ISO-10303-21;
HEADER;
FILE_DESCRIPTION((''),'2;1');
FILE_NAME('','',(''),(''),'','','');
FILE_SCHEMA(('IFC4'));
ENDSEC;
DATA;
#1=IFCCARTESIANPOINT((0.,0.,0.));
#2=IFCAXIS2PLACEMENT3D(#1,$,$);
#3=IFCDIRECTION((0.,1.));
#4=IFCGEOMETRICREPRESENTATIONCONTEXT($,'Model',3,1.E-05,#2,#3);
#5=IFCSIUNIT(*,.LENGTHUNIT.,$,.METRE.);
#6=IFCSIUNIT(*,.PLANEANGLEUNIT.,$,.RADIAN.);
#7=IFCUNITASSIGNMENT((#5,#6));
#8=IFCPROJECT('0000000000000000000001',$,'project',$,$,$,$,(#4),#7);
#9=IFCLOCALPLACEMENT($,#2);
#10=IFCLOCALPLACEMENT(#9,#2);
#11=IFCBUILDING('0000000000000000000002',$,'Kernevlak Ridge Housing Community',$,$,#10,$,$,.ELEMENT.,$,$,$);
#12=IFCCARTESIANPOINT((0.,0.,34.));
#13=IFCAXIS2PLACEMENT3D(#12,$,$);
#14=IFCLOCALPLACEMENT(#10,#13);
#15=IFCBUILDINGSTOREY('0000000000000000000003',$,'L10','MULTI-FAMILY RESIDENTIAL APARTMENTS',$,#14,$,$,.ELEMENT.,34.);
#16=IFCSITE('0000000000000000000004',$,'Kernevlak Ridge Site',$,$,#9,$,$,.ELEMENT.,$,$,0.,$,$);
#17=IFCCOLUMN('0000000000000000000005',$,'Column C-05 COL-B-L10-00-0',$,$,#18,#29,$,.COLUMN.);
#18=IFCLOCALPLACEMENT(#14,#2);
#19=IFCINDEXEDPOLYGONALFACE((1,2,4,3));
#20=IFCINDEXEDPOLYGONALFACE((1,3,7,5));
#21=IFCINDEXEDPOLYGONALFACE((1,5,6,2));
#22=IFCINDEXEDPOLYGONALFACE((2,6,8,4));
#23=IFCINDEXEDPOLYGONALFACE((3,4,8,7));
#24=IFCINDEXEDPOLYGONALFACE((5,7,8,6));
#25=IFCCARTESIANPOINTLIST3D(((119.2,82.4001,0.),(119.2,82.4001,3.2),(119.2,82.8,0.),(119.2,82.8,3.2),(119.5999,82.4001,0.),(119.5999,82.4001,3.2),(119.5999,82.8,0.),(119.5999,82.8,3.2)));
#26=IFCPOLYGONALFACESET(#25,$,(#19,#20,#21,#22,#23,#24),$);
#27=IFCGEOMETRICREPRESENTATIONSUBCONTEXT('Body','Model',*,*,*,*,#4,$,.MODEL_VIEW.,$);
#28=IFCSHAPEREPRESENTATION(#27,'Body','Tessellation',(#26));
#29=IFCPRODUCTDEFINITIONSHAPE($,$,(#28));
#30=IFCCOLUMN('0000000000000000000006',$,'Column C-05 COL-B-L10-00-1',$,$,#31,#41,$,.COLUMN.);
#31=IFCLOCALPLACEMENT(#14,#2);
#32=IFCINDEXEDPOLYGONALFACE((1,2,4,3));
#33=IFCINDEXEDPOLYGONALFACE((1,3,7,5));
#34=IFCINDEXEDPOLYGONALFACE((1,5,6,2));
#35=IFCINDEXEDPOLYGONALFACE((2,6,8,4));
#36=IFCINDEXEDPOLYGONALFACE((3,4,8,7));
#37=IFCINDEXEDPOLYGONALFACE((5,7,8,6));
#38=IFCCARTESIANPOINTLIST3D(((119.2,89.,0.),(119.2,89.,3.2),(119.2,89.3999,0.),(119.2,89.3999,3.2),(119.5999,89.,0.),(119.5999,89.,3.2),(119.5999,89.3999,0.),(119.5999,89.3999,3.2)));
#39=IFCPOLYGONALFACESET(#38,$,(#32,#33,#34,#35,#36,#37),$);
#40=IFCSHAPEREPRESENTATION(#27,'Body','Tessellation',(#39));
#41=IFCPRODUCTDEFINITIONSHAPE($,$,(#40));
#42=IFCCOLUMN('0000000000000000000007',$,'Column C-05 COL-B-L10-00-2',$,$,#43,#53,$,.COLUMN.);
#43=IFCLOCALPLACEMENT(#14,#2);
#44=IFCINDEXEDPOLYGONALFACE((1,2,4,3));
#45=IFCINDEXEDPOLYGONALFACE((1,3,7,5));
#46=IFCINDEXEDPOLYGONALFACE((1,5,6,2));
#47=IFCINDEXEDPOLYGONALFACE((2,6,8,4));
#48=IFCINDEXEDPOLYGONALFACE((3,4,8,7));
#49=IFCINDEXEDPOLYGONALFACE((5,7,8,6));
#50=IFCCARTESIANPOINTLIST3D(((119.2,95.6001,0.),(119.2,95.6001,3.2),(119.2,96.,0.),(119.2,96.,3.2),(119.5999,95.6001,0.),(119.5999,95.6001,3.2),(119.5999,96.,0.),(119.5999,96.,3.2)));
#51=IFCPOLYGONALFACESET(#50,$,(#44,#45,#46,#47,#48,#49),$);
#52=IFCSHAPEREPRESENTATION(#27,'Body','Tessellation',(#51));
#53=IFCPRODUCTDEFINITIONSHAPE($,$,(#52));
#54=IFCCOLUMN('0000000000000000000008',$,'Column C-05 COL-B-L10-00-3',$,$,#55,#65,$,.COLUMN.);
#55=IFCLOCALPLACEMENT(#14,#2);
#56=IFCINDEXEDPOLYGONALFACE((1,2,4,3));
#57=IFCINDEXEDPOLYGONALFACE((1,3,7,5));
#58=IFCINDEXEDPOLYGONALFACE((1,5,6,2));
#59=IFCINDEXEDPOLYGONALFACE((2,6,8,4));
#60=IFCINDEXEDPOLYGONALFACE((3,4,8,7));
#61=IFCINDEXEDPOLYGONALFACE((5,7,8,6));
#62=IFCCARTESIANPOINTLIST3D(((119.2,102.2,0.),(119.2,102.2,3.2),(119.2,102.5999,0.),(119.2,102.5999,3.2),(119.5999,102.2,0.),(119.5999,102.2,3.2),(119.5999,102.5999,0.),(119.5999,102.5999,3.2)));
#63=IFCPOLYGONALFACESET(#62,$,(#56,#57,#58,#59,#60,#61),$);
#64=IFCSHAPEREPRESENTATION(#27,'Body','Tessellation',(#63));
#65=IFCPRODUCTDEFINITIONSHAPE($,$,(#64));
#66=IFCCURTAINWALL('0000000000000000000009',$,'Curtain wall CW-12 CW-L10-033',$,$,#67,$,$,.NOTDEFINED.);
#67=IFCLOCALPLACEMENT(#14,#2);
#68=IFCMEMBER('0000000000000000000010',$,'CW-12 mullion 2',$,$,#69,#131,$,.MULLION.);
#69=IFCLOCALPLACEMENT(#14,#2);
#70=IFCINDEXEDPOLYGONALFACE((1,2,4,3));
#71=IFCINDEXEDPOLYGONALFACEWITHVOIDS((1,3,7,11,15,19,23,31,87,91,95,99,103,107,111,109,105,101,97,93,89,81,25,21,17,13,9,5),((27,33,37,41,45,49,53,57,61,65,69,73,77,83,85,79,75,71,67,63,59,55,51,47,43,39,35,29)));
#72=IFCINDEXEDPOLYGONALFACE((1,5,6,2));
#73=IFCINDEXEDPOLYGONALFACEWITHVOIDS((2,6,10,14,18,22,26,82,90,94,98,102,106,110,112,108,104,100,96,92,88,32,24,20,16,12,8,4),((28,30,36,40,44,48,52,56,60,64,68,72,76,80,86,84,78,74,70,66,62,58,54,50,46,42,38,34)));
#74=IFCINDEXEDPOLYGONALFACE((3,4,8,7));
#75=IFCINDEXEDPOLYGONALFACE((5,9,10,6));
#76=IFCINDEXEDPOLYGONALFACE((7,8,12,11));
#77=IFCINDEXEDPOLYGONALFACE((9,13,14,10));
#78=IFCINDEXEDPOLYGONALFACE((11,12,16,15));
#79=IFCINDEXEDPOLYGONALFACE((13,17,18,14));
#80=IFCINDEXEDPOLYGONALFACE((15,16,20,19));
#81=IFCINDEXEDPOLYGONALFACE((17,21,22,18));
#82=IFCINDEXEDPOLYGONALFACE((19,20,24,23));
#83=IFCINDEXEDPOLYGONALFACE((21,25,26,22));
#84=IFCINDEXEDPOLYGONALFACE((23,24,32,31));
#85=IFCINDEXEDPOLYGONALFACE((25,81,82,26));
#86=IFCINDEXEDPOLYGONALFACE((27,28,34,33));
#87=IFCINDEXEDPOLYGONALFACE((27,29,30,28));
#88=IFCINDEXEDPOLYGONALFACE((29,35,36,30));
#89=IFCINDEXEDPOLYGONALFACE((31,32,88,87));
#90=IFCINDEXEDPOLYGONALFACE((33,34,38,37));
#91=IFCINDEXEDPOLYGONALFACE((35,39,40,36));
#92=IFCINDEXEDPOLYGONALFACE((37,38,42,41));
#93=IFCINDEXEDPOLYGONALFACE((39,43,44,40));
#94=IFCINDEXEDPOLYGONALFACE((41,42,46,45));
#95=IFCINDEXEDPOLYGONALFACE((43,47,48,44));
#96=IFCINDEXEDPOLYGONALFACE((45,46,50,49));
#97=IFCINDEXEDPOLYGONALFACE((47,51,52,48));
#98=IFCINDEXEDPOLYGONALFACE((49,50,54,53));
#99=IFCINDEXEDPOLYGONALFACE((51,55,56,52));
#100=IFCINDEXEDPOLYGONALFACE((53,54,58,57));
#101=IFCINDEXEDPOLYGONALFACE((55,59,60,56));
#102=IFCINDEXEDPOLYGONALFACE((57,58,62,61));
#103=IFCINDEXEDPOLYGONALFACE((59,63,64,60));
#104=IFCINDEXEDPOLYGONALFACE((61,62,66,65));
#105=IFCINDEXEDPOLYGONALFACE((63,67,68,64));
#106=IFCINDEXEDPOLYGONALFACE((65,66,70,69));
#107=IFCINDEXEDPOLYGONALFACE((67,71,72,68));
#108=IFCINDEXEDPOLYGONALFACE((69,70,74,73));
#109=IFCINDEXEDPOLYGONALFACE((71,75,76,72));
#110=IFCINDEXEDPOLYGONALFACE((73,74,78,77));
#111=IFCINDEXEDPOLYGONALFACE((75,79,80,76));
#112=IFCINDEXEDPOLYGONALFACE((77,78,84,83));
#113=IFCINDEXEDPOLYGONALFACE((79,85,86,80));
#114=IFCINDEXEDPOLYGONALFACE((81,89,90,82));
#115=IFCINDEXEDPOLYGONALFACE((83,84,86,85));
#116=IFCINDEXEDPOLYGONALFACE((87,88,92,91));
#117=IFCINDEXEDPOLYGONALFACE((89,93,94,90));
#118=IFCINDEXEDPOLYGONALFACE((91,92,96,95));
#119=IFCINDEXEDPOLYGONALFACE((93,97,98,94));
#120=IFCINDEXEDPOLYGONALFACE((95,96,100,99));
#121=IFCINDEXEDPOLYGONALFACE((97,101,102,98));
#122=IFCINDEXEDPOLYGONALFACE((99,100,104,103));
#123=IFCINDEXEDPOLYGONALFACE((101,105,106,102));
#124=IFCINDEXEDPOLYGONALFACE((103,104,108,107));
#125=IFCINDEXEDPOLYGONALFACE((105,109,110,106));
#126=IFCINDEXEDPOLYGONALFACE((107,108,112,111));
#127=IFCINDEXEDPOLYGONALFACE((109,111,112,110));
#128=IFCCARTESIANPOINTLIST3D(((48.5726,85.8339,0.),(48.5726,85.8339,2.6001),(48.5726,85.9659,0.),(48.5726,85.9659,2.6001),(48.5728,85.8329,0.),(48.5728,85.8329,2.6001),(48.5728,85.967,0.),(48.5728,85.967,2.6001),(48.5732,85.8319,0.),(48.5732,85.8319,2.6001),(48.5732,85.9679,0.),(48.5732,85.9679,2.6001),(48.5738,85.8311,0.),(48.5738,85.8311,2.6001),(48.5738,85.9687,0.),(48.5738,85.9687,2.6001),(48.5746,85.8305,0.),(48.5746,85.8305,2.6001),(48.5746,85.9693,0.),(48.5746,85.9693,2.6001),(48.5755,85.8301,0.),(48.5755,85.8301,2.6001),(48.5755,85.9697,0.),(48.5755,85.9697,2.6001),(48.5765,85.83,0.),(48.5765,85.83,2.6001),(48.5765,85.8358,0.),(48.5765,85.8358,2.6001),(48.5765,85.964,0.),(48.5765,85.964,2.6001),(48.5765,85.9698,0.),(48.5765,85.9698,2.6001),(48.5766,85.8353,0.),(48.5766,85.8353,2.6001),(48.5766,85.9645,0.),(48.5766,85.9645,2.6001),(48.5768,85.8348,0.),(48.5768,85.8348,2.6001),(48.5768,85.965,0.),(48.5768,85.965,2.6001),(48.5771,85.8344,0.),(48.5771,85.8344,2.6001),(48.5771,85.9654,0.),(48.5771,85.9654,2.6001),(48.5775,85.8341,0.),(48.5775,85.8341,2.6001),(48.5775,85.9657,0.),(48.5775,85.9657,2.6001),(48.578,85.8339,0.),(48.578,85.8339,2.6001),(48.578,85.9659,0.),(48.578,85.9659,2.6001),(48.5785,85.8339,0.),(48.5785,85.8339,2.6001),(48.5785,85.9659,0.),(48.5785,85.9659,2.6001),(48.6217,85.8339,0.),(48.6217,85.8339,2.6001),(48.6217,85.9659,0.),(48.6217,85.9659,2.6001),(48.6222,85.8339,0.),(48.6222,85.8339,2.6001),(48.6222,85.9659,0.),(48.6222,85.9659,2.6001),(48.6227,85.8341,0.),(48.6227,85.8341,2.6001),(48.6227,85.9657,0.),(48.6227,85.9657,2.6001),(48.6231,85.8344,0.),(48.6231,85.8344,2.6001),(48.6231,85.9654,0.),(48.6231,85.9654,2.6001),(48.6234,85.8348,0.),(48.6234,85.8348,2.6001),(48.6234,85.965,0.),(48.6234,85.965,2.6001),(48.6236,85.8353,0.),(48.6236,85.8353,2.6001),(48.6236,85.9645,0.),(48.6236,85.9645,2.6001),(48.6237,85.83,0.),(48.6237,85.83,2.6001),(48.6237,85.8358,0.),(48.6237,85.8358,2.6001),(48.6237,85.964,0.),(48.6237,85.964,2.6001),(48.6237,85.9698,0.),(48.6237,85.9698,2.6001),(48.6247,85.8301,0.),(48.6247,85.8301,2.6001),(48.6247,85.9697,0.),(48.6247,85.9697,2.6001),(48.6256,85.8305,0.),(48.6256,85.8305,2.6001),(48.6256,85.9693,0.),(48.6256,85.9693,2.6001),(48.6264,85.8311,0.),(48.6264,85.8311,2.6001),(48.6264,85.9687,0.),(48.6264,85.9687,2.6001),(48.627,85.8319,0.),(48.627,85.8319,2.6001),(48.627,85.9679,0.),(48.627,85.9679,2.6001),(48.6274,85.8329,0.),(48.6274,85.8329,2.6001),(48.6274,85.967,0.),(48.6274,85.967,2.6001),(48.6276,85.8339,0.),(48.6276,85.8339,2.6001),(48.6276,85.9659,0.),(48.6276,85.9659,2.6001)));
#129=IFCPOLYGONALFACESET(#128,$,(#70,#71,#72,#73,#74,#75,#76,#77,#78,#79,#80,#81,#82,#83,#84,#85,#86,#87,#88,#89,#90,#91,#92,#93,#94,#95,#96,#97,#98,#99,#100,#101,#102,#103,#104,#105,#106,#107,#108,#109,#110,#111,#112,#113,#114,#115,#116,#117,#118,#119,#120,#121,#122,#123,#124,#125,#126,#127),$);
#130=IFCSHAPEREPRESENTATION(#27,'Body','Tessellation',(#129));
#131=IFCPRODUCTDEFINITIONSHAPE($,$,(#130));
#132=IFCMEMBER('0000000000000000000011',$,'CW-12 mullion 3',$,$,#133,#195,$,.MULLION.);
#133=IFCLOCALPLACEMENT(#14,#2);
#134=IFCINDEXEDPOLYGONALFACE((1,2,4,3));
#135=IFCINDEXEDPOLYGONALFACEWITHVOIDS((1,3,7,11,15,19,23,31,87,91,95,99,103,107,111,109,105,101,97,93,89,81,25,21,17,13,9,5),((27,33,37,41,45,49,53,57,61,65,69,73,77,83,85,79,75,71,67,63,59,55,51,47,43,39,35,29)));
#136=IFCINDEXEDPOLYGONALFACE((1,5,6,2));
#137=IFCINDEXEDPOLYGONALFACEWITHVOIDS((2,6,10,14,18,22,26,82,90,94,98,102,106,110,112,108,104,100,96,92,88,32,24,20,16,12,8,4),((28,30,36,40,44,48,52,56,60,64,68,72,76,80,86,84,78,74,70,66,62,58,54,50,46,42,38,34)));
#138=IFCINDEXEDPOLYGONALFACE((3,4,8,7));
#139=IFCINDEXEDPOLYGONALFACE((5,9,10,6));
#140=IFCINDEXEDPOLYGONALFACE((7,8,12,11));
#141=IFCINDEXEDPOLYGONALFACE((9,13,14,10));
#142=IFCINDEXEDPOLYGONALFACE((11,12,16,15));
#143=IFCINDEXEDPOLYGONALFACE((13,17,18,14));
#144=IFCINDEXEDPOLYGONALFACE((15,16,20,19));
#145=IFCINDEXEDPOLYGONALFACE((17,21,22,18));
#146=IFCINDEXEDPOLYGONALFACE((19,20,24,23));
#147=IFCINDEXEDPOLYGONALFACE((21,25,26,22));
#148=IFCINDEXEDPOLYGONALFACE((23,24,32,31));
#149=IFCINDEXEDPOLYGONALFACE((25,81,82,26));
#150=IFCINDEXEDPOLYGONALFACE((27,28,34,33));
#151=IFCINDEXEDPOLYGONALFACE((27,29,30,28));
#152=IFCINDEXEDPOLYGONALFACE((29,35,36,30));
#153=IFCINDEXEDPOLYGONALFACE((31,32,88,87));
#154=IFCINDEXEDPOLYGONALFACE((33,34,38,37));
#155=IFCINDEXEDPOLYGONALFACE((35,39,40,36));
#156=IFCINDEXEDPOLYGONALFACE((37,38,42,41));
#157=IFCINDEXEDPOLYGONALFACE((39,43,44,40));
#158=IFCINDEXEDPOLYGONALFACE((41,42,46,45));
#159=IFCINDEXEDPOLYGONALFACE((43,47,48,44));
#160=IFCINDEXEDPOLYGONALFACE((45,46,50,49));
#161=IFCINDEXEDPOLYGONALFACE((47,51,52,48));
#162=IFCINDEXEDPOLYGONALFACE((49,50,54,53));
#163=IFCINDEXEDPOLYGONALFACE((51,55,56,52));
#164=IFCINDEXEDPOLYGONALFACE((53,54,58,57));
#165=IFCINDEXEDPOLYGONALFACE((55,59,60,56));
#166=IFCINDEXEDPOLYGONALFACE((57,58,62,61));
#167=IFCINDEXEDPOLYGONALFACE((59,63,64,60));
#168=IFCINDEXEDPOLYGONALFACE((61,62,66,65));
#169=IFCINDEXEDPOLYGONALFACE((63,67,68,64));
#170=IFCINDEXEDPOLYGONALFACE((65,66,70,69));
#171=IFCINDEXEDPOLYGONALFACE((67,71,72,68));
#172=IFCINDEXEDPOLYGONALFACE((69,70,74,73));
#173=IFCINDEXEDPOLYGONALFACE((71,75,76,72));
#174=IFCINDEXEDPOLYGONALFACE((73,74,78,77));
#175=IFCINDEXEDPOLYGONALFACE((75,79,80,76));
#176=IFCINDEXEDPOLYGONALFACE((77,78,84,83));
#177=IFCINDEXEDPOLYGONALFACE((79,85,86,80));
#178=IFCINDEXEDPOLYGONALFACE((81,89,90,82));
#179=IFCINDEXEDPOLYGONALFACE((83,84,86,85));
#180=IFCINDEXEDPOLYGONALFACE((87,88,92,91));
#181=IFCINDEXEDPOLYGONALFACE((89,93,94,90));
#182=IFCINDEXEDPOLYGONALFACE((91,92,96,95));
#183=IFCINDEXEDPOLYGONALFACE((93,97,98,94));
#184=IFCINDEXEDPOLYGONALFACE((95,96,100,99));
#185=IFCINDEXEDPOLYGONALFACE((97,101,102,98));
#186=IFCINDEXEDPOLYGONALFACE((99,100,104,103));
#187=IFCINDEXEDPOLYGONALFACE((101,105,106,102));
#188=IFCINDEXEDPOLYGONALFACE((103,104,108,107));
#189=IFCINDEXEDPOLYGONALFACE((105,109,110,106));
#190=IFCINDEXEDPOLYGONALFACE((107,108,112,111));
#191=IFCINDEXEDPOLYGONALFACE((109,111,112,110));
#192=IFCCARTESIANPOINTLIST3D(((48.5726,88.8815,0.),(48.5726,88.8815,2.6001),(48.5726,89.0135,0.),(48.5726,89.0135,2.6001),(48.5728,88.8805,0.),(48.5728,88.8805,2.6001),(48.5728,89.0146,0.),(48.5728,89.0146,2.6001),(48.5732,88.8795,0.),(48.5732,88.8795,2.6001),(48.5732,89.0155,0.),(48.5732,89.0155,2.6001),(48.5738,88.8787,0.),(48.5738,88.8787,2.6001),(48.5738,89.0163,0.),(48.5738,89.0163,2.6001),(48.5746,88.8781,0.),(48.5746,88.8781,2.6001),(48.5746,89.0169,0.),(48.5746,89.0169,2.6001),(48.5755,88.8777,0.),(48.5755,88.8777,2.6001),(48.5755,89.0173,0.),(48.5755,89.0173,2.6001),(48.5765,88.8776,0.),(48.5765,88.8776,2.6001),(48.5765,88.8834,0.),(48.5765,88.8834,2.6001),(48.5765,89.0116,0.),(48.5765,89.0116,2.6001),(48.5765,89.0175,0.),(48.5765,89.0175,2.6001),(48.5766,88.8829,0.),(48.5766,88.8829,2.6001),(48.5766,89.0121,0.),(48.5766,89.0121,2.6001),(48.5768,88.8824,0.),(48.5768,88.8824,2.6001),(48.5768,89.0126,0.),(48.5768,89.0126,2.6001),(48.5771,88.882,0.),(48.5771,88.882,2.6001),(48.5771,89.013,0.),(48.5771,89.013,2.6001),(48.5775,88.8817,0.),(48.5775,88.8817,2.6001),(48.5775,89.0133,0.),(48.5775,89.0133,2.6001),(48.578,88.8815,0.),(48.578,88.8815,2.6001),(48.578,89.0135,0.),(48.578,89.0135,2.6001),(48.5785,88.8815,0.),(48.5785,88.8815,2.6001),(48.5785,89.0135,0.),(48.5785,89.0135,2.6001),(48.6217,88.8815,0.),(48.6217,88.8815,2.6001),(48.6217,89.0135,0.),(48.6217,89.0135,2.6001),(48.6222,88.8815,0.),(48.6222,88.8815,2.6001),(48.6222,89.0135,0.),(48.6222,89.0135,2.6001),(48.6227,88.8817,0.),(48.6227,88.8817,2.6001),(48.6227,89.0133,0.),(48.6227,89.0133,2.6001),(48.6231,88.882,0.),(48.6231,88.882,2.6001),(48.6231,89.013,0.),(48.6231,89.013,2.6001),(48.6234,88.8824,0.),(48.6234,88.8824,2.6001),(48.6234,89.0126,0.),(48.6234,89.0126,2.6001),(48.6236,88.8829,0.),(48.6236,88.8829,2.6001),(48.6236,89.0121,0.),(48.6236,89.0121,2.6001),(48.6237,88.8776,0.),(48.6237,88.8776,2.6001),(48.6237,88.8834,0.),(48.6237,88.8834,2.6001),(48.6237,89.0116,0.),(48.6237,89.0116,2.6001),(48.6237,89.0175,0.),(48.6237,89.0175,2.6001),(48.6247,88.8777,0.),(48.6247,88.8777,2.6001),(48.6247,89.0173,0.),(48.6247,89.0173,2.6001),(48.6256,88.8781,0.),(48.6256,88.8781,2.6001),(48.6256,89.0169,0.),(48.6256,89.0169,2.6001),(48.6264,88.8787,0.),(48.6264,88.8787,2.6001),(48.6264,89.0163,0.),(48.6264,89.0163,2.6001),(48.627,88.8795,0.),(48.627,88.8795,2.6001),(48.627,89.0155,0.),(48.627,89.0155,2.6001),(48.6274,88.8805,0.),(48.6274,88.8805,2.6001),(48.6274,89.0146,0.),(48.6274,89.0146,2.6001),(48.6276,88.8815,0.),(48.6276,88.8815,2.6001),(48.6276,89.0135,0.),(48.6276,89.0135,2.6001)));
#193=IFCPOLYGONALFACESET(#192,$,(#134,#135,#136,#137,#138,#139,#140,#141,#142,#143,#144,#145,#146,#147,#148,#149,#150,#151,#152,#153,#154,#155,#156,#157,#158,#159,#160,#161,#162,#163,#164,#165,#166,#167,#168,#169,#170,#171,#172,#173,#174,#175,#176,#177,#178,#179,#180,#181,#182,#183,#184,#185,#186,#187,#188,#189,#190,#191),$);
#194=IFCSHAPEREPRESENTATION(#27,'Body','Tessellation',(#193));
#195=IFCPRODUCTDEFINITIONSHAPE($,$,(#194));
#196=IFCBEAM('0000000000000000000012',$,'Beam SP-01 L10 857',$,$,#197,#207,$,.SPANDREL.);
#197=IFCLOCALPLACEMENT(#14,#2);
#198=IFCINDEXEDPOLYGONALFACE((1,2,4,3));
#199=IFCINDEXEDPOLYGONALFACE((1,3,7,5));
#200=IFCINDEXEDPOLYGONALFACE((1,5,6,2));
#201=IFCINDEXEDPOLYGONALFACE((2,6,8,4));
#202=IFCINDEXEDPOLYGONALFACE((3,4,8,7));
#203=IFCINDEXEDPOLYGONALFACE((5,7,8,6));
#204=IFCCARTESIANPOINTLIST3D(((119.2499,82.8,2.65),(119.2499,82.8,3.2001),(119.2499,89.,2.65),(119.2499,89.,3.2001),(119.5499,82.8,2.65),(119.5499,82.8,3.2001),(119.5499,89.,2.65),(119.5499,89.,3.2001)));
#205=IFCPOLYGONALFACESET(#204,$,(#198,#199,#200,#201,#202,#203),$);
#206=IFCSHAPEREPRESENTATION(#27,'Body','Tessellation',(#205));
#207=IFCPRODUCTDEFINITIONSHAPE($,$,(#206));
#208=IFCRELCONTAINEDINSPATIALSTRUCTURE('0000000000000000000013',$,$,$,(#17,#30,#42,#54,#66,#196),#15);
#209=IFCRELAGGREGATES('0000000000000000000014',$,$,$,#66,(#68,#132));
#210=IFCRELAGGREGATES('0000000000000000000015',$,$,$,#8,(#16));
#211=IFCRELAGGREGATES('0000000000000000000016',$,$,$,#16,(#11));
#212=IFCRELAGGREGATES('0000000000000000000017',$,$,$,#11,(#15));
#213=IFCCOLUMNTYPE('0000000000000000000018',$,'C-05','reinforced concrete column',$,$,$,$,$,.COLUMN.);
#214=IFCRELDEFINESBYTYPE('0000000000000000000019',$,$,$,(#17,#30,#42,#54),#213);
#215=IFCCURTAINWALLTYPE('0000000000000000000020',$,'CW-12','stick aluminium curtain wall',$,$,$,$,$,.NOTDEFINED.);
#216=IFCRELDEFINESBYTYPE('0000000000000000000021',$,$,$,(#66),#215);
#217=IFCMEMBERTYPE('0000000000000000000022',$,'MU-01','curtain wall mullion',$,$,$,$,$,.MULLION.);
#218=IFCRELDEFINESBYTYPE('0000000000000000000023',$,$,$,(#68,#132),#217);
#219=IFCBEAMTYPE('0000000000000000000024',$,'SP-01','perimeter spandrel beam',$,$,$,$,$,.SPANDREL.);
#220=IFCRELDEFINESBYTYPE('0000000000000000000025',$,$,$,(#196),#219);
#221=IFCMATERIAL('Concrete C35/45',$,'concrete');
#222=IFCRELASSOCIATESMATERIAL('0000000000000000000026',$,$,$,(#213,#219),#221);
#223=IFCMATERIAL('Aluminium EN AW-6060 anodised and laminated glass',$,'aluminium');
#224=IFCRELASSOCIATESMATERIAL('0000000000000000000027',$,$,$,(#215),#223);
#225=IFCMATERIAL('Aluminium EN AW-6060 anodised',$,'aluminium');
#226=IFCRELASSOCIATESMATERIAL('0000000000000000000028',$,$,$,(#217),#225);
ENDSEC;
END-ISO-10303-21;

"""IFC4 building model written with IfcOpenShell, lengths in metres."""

from ifc_helpers import new_model, si_unit, direction, frame, origin, origin_2d, place, context, subcontext, project, spatial, rectangle, hollow_rectangle, extrude, material, material_profile, profile_set, type_object, element, aggregate, save


model = new_model("IFC4")

# Units and contexts
model_context = context("Model", 3, precision=1e-05, world=origin(), true_north=direction((0.0, 1.0)))
body_context = subcontext(model_context, "Body", "Model", "MODEL_VIEW")
ifc_project = project(units=[si_unit("LENGTHUNIT", "METRE"), si_unit("PLANEANGLEUNIT", "RADIAN")], contexts=[model_context])

# Site, building, storey
site_placement = place(None, origin())
site = spatial("IfcSite", under=ifc_project, at=site_placement, Name="Kernevlak Ridge Site", CompositionType="ELEMENT", RefElevation=0.0)
building_placement = place(site_placement, origin())
building = spatial("IfcBuilding", under=site, at=building_placement, Name="Kernevlak Ridge Housing Community", CompositionType="ELEMENT")
storey_placement = place(building_placement, frame((0.0, 0.0, 34.0)))
storey = spatial("IfcBuildingStorey", under=building, at=storey_placement, Name="L10", Description="MULTI-FAMILY RESIDENTIAL APARTMENTS", CompositionType="ELEMENT", Elevation=34.0)

# Columns
ifc_material_1 = material(Name="Concrete C35/45", Category="concrete")
ifc_material_profile_1 = material_profile(ifc_material_1, rectangle(XDim=0.3999, YDim=0.3999, at=origin_2d()), Name="RC 400x400")
ifc_profile_set_1 = profile_set([ifc_material_profile_1], Name="Concrete C35/45")
column_type = type_object("IfcColumnType", Name="C-05", Description="reinforced concrete column", PredefinedType="COLUMN", material=ifc_profile_set_1)
for number, where, z_axis, x_axis, name in (
    (1, (119.3999, 82.6001, 0.0), (0.0, 0.0, 1.0), (1.0, 0.0, 0.0), "Column C-05 COL-B-L10-00-0"),
    (2, (119.3999, 89.2, 0.0), (0.0, 0.0, 1.0), (1.0, 0.0, 0.0), "Column C-05 COL-B-L10-00-1"),
    (3, (119.3999, 95.8, 0.0), (0.0, 0.0, 1.0), (1.0, 0.0, 0.0), "Column C-05 COL-B-L10-00-2"),
    (4, (119.3999, 102.3999, 0.0), (0.0, 0.0, 1.0), (1.0, 0.0, 0.0), "Column C-05 COL-B-L10-00-3"),
):
    element("IfcColumn", number, at=place(storey_placement, frame(where, z_axis=z_axis, x_axis=x_axis)), inside=storey, type_object=column_type, Name=name, PredefinedType="COLUMN", context=body_context, shape_type="SweptSolid", body=[
        extrude(rectangle(XDim=0.3999, YDim=0.3999, at=origin_2d()), origin(), (0.0, 0.0, 1.0), 3.2),
    ])

# Curtain wall, members
ifc_material_2 = material(Name="Aluminium EN AW-6060 anodised and laminated glass", Category="aluminium")
curtain_wall_type = type_object("IfcCurtainWallType", Name="CW-12", Description="stick aluminium curtain wall", PredefinedType="NOTDEFINED", material=ifc_material_2)
curtain_wall_placement = place(storey_placement, origin())
curtain_wall = element("IfcCurtainWall", 5, at=curtain_wall_placement, inside=storey, type_object=curtain_wall_type, Name="Curtain wall CW-12 CW-L10-033", PredefinedType="NOTDEFINED")
ifc_material_3 = material(Name="Aluminium EN AW-6060 anodised", Category="aluminium")
ifc_material_profile_2 = material_profile(ifc_material_3, hollow_rectangle(XDim=0.0549, YDim=0.1399, WallThickness=0.0039, InnerFilletRadius=0.002, OuterFilletRadius=0.0039, at=origin_2d()), Name="ALU 55x140x4")
ifc_profile_set_2 = profile_set([ifc_material_profile_2], Name="Aluminium EN AW-6060 anodised")
member_type_1 = type_object("IfcMemberType", Name="MU-01", Description="curtain wall mullion", PredefinedType="MULLION", material=ifc_profile_set_2)
member_1_placement = place(storey_placement, frame((48.6001, 85.8999, 0.0), z_axis=(0.0, 0.0, 1.0), x_axis=(-1.0, 0.0, 0.0)))
member_1 = element("IfcMember", 6, at=member_1_placement, type_object=member_type_1, Name="CW-12 mullion 2", PredefinedType="MULLION", context=body_context, shape_type="SweptSolid", body=[
    extrude(hollow_rectangle(XDim=0.0549, YDim=0.1399, WallThickness=0.0039, InnerFilletRadius=0.002, OuterFilletRadius=0.0039, at=origin_2d()), origin(), (0.0, 0.0, 1.0), 2.6001),
])
member_2_placement = place(storey_placement, frame((48.6001, 88.9475, 0.0), z_axis=(0.0, 0.0, 1.0), x_axis=(-1.0, 0.0, 0.0)))
member_2 = element("IfcMember", 7, at=member_2_placement, type_object=member_type_1, Name="CW-12 mullion 3", PredefinedType="MULLION", context=body_context, shape_type="SweptSolid", body=[
    extrude(hollow_rectangle(XDim=0.0549, YDim=0.1399, WallThickness=0.0039, InnerFilletRadius=0.002, OuterFilletRadius=0.0039, at=origin_2d()), origin(), (0.0, 0.0, 1.0), 2.6001),
])

# Beam
ifc_material_profile_3 = material_profile(ifc_material_1, rectangle(XDim=0.3, YDim=0.55, at=origin_2d()), Name="RC 300x550")
ifc_profile_set_3 = profile_set([ifc_material_profile_3], Name="Concrete C35/45")
beam_type = type_object("IfcBeamType", Name="SP-01", Description="perimeter spandrel beam", PredefinedType="SPANDREL", material=ifc_profile_set_3)
beam_1_placement = place(storey_placement, frame((119.3999, 82.8, 2.925), z_axis=(0.0, 1.0, 0.0), x_axis=(-1.0, 0.0, 0.0)))
element("IfcBeam", 8, at=beam_1_placement, inside=storey, type_object=beam_type, Name="Beam SP-01 L10 857", PredefinedType="SPANDREL", context=body_context, shape_type="SweptSolid", body=[
    extrude(rectangle(XDim=0.3, YDim=0.55, at=origin_2d()), origin(), (0.0, 0.0, 1.0), 6.2),
])

aggregate(curtain_wall, [member_1, member_2])

save(model, "model.ifc")
